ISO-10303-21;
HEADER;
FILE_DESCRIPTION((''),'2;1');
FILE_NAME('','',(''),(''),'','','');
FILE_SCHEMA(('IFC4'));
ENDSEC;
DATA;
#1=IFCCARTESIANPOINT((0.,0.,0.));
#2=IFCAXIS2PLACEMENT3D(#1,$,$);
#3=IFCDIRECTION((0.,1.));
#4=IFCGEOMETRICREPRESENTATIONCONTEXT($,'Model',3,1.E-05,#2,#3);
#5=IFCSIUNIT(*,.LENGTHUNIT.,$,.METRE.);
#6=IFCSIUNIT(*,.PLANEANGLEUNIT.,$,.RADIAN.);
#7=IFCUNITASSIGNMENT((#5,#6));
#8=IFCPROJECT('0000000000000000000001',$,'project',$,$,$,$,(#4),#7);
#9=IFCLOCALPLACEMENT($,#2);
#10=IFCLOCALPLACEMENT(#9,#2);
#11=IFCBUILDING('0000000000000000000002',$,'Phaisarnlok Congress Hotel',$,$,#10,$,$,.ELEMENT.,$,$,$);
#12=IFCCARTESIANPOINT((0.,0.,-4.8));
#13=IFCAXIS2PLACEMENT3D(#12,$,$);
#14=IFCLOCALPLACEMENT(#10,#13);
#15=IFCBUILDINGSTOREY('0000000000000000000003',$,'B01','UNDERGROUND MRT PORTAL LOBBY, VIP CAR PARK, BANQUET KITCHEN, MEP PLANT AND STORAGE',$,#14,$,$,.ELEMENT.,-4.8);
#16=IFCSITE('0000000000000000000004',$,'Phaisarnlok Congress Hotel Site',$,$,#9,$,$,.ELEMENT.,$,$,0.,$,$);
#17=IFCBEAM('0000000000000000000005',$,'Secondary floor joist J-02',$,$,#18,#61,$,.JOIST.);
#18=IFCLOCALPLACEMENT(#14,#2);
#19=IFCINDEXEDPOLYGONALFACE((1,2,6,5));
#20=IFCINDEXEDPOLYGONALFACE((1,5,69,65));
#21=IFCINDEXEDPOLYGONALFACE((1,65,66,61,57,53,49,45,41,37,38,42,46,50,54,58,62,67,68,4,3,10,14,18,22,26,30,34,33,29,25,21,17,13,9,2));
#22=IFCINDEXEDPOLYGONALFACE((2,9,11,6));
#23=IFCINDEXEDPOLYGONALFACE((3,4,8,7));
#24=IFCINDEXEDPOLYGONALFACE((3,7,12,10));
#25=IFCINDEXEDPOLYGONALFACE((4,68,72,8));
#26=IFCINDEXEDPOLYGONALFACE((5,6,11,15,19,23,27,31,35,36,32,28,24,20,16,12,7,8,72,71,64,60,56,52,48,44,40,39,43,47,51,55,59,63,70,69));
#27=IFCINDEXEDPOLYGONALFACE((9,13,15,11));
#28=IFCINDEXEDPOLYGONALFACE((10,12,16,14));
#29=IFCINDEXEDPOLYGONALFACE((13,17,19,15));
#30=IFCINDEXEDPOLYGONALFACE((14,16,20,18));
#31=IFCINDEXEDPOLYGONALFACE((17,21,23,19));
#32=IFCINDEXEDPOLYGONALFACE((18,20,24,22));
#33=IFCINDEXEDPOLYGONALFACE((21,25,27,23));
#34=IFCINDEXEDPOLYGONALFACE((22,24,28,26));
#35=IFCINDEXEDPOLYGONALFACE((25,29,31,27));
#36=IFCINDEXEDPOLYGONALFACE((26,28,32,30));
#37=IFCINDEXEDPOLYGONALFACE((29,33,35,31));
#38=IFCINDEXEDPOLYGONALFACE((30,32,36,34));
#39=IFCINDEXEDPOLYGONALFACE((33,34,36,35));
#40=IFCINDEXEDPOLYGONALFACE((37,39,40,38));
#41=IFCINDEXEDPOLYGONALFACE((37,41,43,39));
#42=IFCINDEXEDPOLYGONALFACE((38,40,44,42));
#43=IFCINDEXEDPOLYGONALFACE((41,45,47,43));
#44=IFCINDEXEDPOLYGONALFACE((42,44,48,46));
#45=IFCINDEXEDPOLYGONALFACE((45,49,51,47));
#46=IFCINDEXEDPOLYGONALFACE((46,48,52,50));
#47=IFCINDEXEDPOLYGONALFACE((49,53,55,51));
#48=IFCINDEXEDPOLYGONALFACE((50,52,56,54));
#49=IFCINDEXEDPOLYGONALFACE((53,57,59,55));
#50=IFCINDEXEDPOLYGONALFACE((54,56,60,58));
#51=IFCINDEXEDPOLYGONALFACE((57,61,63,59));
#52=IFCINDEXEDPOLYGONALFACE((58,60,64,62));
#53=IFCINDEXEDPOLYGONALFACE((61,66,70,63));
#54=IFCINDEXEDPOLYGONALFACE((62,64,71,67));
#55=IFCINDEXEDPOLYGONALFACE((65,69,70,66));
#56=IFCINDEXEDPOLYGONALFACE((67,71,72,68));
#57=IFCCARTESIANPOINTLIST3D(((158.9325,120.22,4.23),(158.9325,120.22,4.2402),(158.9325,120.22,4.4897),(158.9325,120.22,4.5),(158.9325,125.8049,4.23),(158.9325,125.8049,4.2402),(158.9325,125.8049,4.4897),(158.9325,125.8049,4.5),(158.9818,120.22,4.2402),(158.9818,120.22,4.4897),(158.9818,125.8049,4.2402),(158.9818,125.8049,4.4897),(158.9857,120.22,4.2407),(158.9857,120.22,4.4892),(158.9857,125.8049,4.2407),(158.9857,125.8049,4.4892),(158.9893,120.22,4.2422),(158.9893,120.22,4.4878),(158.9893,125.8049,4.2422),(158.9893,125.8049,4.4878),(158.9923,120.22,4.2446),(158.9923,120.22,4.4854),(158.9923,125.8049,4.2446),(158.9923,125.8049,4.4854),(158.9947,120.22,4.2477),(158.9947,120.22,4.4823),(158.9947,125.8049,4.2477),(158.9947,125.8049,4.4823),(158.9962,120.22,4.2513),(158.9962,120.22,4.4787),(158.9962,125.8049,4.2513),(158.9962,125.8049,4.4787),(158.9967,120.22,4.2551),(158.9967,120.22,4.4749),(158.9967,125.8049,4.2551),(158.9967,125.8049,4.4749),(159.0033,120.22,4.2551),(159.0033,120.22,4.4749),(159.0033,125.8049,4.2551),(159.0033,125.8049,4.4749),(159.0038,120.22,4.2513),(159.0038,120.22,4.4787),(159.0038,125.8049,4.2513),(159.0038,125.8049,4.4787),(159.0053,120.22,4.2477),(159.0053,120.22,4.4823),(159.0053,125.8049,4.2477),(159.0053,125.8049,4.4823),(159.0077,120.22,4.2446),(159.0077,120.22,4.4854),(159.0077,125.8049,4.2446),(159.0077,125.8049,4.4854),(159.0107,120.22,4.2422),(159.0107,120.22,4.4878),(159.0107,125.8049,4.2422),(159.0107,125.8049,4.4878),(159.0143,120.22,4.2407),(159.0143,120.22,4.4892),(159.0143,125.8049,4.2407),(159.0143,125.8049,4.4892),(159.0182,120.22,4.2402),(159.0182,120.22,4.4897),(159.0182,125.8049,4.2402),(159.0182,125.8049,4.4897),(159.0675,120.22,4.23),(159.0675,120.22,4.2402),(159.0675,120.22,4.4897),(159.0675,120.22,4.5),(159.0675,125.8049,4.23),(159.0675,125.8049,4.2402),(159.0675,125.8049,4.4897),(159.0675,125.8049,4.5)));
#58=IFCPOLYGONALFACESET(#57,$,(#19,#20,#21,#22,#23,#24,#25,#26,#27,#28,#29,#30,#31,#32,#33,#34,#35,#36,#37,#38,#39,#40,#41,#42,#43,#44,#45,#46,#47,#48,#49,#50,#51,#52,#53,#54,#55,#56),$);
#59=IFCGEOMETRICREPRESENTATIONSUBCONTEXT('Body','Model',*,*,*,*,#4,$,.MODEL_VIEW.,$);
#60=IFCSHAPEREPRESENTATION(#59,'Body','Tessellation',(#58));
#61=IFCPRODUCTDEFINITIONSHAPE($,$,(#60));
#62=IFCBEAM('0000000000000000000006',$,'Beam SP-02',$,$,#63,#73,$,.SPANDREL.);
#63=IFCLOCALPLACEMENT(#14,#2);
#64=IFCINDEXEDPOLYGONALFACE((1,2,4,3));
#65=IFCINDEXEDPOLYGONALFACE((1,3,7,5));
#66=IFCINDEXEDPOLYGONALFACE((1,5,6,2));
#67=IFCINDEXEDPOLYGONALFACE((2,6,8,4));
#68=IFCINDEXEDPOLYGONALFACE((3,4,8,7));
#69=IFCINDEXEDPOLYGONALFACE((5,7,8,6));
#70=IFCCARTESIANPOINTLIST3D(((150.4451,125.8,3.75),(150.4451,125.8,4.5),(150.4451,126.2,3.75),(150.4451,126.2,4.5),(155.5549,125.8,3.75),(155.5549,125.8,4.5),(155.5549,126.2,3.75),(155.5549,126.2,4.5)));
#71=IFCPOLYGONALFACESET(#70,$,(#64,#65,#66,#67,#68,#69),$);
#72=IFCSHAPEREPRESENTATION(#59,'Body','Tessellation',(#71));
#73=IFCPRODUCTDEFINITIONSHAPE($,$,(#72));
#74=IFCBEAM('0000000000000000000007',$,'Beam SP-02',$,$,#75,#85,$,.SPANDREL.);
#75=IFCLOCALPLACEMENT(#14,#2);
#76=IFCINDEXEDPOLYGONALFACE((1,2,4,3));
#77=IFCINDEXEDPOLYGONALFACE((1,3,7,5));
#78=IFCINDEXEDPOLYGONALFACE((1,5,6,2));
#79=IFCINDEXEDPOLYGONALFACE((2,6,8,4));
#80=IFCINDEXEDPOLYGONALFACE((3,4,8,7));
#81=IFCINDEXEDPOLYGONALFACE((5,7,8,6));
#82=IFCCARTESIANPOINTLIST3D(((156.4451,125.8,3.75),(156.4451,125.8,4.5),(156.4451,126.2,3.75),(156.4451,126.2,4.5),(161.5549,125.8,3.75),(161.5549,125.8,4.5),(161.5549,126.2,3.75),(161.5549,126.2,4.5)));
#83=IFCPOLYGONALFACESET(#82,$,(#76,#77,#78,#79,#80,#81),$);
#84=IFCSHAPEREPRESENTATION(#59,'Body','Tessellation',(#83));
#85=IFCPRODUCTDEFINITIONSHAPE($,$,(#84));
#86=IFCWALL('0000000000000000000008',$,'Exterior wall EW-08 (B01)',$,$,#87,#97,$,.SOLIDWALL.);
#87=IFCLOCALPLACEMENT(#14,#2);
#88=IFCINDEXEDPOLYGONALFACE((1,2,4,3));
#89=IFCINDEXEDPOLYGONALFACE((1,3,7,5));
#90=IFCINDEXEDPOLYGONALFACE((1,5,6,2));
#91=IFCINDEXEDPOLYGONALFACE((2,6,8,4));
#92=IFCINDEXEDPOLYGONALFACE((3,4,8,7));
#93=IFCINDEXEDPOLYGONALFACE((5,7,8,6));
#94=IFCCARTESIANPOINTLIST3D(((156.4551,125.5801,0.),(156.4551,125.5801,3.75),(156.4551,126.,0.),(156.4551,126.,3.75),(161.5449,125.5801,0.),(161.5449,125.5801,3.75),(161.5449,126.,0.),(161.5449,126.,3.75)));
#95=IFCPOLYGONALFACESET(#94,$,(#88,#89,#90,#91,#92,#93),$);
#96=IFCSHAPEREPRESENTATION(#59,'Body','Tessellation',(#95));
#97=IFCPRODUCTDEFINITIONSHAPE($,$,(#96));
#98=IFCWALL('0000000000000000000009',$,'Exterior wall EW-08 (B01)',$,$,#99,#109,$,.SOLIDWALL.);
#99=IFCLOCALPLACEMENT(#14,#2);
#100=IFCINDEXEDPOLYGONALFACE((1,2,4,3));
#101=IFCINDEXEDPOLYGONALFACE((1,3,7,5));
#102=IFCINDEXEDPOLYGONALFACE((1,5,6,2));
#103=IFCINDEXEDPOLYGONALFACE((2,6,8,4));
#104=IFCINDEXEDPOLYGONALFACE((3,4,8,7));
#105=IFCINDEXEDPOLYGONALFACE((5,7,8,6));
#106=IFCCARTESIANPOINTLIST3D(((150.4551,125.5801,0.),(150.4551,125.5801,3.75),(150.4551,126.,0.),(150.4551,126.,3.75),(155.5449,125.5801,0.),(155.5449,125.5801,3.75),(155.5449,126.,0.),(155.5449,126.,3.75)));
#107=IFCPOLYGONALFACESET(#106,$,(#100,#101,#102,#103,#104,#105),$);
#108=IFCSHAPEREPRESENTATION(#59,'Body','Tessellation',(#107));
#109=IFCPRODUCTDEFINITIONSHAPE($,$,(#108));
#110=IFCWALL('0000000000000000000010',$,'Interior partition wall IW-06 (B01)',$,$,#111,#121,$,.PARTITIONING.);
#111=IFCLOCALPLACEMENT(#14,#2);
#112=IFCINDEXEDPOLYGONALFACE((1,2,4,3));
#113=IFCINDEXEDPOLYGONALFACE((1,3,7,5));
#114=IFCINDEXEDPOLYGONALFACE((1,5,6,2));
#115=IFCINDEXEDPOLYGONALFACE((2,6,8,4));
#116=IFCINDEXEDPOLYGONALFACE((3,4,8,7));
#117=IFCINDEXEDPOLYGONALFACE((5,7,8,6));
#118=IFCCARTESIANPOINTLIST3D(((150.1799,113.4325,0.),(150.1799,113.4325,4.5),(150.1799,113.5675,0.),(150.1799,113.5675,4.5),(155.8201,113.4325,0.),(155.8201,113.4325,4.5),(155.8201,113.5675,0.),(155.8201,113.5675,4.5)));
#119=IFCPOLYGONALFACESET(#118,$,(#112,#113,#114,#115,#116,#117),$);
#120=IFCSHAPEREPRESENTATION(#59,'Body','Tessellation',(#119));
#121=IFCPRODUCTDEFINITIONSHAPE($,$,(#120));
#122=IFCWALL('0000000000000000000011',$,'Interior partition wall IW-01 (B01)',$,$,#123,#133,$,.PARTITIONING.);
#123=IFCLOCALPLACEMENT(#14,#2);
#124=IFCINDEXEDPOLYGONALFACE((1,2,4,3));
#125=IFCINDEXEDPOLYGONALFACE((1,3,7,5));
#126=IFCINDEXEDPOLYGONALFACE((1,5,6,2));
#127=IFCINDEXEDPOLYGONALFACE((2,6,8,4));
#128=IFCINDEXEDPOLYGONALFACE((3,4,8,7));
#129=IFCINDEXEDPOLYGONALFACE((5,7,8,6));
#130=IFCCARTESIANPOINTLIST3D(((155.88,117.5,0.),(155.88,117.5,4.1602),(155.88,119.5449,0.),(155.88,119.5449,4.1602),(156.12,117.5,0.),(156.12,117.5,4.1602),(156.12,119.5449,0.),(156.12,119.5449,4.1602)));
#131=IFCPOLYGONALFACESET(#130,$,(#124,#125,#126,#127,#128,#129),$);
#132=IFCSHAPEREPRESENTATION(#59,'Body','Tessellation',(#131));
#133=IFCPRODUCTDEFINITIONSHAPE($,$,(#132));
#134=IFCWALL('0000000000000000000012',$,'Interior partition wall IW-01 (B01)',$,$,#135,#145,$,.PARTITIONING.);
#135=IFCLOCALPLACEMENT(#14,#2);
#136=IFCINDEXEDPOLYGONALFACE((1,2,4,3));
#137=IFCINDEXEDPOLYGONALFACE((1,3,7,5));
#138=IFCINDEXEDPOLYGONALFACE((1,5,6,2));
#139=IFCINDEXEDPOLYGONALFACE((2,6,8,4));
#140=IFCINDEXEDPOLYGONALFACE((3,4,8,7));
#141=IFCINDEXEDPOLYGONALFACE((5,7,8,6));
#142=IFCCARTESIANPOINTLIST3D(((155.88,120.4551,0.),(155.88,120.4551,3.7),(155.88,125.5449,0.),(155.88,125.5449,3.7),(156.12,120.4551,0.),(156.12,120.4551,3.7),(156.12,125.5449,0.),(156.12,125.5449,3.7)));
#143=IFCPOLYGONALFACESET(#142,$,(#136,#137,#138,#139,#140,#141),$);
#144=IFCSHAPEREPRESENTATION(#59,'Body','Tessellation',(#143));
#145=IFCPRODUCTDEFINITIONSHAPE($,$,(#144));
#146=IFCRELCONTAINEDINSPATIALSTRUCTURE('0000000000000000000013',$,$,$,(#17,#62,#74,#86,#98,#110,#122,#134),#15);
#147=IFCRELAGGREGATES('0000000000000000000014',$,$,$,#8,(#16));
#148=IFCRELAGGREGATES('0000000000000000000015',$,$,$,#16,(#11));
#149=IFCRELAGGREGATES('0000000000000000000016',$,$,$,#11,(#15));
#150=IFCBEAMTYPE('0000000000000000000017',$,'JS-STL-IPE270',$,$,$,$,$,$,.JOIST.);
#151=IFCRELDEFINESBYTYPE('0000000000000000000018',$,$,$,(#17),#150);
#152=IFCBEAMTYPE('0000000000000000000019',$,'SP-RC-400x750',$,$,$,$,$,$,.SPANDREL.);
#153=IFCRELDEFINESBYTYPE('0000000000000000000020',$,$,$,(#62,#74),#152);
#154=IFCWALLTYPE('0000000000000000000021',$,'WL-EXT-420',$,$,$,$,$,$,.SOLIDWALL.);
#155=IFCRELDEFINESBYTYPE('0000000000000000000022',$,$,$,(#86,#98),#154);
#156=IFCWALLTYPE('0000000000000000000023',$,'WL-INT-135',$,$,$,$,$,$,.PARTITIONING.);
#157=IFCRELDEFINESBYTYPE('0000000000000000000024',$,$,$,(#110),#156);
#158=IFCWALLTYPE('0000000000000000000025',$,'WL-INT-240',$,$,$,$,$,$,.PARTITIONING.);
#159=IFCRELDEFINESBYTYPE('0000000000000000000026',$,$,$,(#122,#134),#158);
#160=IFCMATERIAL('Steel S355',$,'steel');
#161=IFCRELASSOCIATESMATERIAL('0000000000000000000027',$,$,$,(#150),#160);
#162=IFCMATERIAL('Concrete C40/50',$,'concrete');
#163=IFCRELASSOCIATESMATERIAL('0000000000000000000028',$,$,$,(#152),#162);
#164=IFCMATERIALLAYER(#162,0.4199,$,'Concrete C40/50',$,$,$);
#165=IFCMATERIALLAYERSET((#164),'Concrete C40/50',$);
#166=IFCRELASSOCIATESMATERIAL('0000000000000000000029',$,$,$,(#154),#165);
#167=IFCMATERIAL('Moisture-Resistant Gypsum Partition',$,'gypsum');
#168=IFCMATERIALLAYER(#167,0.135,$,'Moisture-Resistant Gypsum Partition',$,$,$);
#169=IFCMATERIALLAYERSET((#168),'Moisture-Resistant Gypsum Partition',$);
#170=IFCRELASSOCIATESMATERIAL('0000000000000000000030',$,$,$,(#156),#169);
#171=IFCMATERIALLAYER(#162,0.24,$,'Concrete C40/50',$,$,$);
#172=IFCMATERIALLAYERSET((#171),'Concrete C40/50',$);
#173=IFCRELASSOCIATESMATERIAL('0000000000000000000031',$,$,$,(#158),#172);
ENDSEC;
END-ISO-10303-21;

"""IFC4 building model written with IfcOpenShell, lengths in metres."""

from ifc_helpers import new_model, si_unit, direction, frame, frame_2d, origin, origin_2d, place, context, subcontext, project, spatial, rectangle, i_section, extrude, material, layer, layer_set, material_profile, profile_set, type_object, element, save


model = new_model("IFC4")

# Units and contexts
model_context = context("Model", 3, precision=1e-05, world=origin(), true_north=direction((0.0, 1.0)))
body_context = subcontext(model_context, "Body", "Model", "MODEL_VIEW")
ifc_project = project(units=[si_unit("LENGTHUNIT", "METRE"), si_unit("PLANEANGLEUNIT", "RADIAN")], contexts=[model_context])

# Site, building, storey
site_placement = place(None, origin())
site = spatial("IfcSite", under=ifc_project, at=site_placement, Name="Phaisarnlok Congress Hotel Site", CompositionType="ELEMENT", RefElevation=0.0)
building_placement = place(site_placement, origin())
building = spatial("IfcBuilding", under=site, at=building_placement, Name="Phaisarnlok Congress Hotel", CompositionType="ELEMENT")
storey_placement = place(building_placement, frame((0.0, 0.0, -4.8)))
storey = spatial("IfcBuildingStorey", under=building, at=storey_placement, Name="B01", Description="UNDERGROUND MRT PORTAL LOBBY, VIP CAR PARK, BANQUET KITCHEN, MEP PLANT AND STORAGE", CompositionType="ELEMENT", Elevation=-4.8)

# Shared definitions
ifc_material_1 = material(Name="Concrete C40/50", Category="concrete")

# Beams
ifc_material_2 = material(Name="Steel S355", Category="steel")
ifc_material_profile_1 = material_profile(ifc_material_2, i_section(OverallWidth=0.135, OverallDepth=0.27, WebThickness=0.0066, FlangeThickness=0.0103, FilletRadius=0.0149, at=origin_2d()), Name="IPE 270")
ifc_profile_set_1 = profile_set([ifc_material_profile_1], Name="Steel S355")
beam_type_1 = type_object("IfcBeamType", Name="JS-STL-IPE270", PredefinedType="JOIST", material=ifc_profile_set_1)
beam_1_placement = place(storey_placement, frame((159.0, 120.22, 4.365), z_axis=(0.0, 1.0, 0.0), x_axis=(-1.0, 0.0, 0.0)))
element("IfcBeam", 1, at=beam_1_placement, inside=storey, type_object=beam_type_1, Name="Secondary floor joist J-02", PredefinedType="JOIST", context=body_context, shape_type="SweptSolid", body=[
    extrude(i_section(OverallWidth=0.135, OverallDepth=0.27, WebThickness=0.0066, FlangeThickness=0.0103, FilletRadius=0.0149, at=origin_2d()), origin(), (0.0, 0.0, 1.0), 5.585),
])
ifc_material_profile_2 = material_profile(ifc_material_1, rectangle(XDim=0.3999, YDim=0.75, at=origin_2d()), Name="RC 400x750")
ifc_profile_set_2 = profile_set([ifc_material_profile_2], Name="Concrete C40/50")
beam_type_2 = type_object("IfcBeamType", Name="SP-RC-400x750", PredefinedType="SPANDREL", material=ifc_profile_set_2)
for number, where, z_axis, x_axis, name in (
    (2, (150.4451, 126.0, 4.125), (1.0, 0.0, 0.0), (0.0, 1.0, 0.0), "Beam SP-02"),
    (3, (156.4451, 126.0, 4.125), (1.0, 0.0, 0.0), (0.0, 1.0, 0.0), "Beam SP-02"),
):
    element("IfcBeam", number, at=place(storey_placement, frame(where, z_axis=z_axis, x_axis=x_axis)), inside=storey, type_object=beam_type_2, Name=name, PredefinedType="SPANDREL", context=body_context, shape_type="SweptSolid", body=[
        extrude(rectangle(XDim=0.3999, YDim=0.75, at=origin_2d()), origin(), (0.0, 0.0, 1.0), 5.1099),
    ])

# Walls
ifc_layer_1 = layer(ifc_material_1, 0.4199, Name="Concrete C40/50")
ifc_layer_set_1 = layer_set([ifc_layer_1], Name="Concrete C40/50")
wall_type_1 = type_object("IfcWallType", Name="WL-EXT-420", PredefinedType="SOLIDWALL", material=ifc_layer_set_1)
for number, where, z_axis, x_axis, name in (
    (4, (161.5449, 125.79, 0.0), (0.0, 0.0, 1.0), (-1.0, 0.0, 0.0), "Exterior wall EW-08 (B01)"),
    (5, (155.5449, 125.79, 0.0), (0.0, 0.0, 1.0), (-1.0, 0.0, 0.0), "Exterior wall EW-08 (B01)"),
):
    element("IfcWall", number, at=place(storey_placement, frame(where, z_axis=z_axis, x_axis=x_axis)), inside=storey, type_object=wall_type_1, Name=name, PredefinedType="SOLIDWALL", context=body_context, shape_type="SweptSolid", body=[
        extrude(rectangle(XDim=5.0898, YDim=0.4199, at=frame_2d((2.5449, 0.0))), origin(), (0.0, 0.0, 1.0), 3.75),
    ])
ifc_material_3 = material(Name="Moisture-Resistant Gypsum Partition", Category="gypsum")
ifc_layer_2 = layer(ifc_material_3, 0.135, Name="Moisture-Resistant Gypsum Partition")
ifc_layer_set_2 = layer_set([ifc_layer_2], Name="Moisture-Resistant Gypsum Partition")
wall_type_2 = type_object("IfcWallType", Name="WL-INT-135", PredefinedType="PARTITIONING", material=ifc_layer_set_2)
wall_1_placement = place(storey_placement, frame((150.1799, 113.5, 0.0), z_axis=(0.0, 0.0, 1.0), x_axis=(1.0, 0.0, 0.0)))
element("IfcWall", 6, at=wall_1_placement, inside=storey, type_object=wall_type_2, Name="Interior partition wall IW-06 (B01)", PredefinedType="PARTITIONING", context=body_context, shape_type="SweptSolid", body=[
    extrude(rectangle(XDim=5.6401, YDim=0.135, at=frame_2d((2.8201, 0.0))), origin(), (0.0, 0.0, 1.0), 4.5),
])
ifc_layer_3 = layer(ifc_material_1, 0.24, Name="Concrete C40/50")
ifc_layer_set_3 = layer_set([ifc_layer_3], Name="Concrete C40/50")
wall_type_3 = type_object("IfcWallType", Name="WL-INT-240", PredefinedType="PARTITIONING", material=ifc_layer_set_3)
wall_2_placement = place(storey_placement, frame((156.0, 117.5, 0.0), z_axis=(0.0, 0.0, 1.0), x_axis=(0.0, 1.0, 0.0)))
element("IfcWall", 7, at=wall_2_placement, inside=storey, type_object=wall_type_3, Name="Interior partition wall IW-01 (B01)", PredefinedType="PARTITIONING", context=body_context, shape_type="SweptSolid", body=[
    extrude(rectangle(XDim=2.0449, YDim=0.24, at=frame_2d((1.0225, 0.0))), origin(), (0.0, 0.0, 1.0), 4.1602),
])
wall_3_placement = place(storey_placement, frame((156.0, 120.4551, 0.0), z_axis=(0.0, 0.0, 1.0), x_axis=(0.0, 1.0, 0.0)))
element("IfcWall", 8, at=wall_3_placement, inside=storey, type_object=wall_type_3, Name="Interior partition wall IW-01 (B01)", PredefinedType="PARTITIONING", context=body_context, shape_type="SweptSolid", body=[
    extrude(rectangle(XDim=5.0898, YDim=0.24, at=frame_2d((2.5449, 0.0))), origin(), (0.0, 0.0, 1.0), 3.7),
])

save(model, "model.ifc")
